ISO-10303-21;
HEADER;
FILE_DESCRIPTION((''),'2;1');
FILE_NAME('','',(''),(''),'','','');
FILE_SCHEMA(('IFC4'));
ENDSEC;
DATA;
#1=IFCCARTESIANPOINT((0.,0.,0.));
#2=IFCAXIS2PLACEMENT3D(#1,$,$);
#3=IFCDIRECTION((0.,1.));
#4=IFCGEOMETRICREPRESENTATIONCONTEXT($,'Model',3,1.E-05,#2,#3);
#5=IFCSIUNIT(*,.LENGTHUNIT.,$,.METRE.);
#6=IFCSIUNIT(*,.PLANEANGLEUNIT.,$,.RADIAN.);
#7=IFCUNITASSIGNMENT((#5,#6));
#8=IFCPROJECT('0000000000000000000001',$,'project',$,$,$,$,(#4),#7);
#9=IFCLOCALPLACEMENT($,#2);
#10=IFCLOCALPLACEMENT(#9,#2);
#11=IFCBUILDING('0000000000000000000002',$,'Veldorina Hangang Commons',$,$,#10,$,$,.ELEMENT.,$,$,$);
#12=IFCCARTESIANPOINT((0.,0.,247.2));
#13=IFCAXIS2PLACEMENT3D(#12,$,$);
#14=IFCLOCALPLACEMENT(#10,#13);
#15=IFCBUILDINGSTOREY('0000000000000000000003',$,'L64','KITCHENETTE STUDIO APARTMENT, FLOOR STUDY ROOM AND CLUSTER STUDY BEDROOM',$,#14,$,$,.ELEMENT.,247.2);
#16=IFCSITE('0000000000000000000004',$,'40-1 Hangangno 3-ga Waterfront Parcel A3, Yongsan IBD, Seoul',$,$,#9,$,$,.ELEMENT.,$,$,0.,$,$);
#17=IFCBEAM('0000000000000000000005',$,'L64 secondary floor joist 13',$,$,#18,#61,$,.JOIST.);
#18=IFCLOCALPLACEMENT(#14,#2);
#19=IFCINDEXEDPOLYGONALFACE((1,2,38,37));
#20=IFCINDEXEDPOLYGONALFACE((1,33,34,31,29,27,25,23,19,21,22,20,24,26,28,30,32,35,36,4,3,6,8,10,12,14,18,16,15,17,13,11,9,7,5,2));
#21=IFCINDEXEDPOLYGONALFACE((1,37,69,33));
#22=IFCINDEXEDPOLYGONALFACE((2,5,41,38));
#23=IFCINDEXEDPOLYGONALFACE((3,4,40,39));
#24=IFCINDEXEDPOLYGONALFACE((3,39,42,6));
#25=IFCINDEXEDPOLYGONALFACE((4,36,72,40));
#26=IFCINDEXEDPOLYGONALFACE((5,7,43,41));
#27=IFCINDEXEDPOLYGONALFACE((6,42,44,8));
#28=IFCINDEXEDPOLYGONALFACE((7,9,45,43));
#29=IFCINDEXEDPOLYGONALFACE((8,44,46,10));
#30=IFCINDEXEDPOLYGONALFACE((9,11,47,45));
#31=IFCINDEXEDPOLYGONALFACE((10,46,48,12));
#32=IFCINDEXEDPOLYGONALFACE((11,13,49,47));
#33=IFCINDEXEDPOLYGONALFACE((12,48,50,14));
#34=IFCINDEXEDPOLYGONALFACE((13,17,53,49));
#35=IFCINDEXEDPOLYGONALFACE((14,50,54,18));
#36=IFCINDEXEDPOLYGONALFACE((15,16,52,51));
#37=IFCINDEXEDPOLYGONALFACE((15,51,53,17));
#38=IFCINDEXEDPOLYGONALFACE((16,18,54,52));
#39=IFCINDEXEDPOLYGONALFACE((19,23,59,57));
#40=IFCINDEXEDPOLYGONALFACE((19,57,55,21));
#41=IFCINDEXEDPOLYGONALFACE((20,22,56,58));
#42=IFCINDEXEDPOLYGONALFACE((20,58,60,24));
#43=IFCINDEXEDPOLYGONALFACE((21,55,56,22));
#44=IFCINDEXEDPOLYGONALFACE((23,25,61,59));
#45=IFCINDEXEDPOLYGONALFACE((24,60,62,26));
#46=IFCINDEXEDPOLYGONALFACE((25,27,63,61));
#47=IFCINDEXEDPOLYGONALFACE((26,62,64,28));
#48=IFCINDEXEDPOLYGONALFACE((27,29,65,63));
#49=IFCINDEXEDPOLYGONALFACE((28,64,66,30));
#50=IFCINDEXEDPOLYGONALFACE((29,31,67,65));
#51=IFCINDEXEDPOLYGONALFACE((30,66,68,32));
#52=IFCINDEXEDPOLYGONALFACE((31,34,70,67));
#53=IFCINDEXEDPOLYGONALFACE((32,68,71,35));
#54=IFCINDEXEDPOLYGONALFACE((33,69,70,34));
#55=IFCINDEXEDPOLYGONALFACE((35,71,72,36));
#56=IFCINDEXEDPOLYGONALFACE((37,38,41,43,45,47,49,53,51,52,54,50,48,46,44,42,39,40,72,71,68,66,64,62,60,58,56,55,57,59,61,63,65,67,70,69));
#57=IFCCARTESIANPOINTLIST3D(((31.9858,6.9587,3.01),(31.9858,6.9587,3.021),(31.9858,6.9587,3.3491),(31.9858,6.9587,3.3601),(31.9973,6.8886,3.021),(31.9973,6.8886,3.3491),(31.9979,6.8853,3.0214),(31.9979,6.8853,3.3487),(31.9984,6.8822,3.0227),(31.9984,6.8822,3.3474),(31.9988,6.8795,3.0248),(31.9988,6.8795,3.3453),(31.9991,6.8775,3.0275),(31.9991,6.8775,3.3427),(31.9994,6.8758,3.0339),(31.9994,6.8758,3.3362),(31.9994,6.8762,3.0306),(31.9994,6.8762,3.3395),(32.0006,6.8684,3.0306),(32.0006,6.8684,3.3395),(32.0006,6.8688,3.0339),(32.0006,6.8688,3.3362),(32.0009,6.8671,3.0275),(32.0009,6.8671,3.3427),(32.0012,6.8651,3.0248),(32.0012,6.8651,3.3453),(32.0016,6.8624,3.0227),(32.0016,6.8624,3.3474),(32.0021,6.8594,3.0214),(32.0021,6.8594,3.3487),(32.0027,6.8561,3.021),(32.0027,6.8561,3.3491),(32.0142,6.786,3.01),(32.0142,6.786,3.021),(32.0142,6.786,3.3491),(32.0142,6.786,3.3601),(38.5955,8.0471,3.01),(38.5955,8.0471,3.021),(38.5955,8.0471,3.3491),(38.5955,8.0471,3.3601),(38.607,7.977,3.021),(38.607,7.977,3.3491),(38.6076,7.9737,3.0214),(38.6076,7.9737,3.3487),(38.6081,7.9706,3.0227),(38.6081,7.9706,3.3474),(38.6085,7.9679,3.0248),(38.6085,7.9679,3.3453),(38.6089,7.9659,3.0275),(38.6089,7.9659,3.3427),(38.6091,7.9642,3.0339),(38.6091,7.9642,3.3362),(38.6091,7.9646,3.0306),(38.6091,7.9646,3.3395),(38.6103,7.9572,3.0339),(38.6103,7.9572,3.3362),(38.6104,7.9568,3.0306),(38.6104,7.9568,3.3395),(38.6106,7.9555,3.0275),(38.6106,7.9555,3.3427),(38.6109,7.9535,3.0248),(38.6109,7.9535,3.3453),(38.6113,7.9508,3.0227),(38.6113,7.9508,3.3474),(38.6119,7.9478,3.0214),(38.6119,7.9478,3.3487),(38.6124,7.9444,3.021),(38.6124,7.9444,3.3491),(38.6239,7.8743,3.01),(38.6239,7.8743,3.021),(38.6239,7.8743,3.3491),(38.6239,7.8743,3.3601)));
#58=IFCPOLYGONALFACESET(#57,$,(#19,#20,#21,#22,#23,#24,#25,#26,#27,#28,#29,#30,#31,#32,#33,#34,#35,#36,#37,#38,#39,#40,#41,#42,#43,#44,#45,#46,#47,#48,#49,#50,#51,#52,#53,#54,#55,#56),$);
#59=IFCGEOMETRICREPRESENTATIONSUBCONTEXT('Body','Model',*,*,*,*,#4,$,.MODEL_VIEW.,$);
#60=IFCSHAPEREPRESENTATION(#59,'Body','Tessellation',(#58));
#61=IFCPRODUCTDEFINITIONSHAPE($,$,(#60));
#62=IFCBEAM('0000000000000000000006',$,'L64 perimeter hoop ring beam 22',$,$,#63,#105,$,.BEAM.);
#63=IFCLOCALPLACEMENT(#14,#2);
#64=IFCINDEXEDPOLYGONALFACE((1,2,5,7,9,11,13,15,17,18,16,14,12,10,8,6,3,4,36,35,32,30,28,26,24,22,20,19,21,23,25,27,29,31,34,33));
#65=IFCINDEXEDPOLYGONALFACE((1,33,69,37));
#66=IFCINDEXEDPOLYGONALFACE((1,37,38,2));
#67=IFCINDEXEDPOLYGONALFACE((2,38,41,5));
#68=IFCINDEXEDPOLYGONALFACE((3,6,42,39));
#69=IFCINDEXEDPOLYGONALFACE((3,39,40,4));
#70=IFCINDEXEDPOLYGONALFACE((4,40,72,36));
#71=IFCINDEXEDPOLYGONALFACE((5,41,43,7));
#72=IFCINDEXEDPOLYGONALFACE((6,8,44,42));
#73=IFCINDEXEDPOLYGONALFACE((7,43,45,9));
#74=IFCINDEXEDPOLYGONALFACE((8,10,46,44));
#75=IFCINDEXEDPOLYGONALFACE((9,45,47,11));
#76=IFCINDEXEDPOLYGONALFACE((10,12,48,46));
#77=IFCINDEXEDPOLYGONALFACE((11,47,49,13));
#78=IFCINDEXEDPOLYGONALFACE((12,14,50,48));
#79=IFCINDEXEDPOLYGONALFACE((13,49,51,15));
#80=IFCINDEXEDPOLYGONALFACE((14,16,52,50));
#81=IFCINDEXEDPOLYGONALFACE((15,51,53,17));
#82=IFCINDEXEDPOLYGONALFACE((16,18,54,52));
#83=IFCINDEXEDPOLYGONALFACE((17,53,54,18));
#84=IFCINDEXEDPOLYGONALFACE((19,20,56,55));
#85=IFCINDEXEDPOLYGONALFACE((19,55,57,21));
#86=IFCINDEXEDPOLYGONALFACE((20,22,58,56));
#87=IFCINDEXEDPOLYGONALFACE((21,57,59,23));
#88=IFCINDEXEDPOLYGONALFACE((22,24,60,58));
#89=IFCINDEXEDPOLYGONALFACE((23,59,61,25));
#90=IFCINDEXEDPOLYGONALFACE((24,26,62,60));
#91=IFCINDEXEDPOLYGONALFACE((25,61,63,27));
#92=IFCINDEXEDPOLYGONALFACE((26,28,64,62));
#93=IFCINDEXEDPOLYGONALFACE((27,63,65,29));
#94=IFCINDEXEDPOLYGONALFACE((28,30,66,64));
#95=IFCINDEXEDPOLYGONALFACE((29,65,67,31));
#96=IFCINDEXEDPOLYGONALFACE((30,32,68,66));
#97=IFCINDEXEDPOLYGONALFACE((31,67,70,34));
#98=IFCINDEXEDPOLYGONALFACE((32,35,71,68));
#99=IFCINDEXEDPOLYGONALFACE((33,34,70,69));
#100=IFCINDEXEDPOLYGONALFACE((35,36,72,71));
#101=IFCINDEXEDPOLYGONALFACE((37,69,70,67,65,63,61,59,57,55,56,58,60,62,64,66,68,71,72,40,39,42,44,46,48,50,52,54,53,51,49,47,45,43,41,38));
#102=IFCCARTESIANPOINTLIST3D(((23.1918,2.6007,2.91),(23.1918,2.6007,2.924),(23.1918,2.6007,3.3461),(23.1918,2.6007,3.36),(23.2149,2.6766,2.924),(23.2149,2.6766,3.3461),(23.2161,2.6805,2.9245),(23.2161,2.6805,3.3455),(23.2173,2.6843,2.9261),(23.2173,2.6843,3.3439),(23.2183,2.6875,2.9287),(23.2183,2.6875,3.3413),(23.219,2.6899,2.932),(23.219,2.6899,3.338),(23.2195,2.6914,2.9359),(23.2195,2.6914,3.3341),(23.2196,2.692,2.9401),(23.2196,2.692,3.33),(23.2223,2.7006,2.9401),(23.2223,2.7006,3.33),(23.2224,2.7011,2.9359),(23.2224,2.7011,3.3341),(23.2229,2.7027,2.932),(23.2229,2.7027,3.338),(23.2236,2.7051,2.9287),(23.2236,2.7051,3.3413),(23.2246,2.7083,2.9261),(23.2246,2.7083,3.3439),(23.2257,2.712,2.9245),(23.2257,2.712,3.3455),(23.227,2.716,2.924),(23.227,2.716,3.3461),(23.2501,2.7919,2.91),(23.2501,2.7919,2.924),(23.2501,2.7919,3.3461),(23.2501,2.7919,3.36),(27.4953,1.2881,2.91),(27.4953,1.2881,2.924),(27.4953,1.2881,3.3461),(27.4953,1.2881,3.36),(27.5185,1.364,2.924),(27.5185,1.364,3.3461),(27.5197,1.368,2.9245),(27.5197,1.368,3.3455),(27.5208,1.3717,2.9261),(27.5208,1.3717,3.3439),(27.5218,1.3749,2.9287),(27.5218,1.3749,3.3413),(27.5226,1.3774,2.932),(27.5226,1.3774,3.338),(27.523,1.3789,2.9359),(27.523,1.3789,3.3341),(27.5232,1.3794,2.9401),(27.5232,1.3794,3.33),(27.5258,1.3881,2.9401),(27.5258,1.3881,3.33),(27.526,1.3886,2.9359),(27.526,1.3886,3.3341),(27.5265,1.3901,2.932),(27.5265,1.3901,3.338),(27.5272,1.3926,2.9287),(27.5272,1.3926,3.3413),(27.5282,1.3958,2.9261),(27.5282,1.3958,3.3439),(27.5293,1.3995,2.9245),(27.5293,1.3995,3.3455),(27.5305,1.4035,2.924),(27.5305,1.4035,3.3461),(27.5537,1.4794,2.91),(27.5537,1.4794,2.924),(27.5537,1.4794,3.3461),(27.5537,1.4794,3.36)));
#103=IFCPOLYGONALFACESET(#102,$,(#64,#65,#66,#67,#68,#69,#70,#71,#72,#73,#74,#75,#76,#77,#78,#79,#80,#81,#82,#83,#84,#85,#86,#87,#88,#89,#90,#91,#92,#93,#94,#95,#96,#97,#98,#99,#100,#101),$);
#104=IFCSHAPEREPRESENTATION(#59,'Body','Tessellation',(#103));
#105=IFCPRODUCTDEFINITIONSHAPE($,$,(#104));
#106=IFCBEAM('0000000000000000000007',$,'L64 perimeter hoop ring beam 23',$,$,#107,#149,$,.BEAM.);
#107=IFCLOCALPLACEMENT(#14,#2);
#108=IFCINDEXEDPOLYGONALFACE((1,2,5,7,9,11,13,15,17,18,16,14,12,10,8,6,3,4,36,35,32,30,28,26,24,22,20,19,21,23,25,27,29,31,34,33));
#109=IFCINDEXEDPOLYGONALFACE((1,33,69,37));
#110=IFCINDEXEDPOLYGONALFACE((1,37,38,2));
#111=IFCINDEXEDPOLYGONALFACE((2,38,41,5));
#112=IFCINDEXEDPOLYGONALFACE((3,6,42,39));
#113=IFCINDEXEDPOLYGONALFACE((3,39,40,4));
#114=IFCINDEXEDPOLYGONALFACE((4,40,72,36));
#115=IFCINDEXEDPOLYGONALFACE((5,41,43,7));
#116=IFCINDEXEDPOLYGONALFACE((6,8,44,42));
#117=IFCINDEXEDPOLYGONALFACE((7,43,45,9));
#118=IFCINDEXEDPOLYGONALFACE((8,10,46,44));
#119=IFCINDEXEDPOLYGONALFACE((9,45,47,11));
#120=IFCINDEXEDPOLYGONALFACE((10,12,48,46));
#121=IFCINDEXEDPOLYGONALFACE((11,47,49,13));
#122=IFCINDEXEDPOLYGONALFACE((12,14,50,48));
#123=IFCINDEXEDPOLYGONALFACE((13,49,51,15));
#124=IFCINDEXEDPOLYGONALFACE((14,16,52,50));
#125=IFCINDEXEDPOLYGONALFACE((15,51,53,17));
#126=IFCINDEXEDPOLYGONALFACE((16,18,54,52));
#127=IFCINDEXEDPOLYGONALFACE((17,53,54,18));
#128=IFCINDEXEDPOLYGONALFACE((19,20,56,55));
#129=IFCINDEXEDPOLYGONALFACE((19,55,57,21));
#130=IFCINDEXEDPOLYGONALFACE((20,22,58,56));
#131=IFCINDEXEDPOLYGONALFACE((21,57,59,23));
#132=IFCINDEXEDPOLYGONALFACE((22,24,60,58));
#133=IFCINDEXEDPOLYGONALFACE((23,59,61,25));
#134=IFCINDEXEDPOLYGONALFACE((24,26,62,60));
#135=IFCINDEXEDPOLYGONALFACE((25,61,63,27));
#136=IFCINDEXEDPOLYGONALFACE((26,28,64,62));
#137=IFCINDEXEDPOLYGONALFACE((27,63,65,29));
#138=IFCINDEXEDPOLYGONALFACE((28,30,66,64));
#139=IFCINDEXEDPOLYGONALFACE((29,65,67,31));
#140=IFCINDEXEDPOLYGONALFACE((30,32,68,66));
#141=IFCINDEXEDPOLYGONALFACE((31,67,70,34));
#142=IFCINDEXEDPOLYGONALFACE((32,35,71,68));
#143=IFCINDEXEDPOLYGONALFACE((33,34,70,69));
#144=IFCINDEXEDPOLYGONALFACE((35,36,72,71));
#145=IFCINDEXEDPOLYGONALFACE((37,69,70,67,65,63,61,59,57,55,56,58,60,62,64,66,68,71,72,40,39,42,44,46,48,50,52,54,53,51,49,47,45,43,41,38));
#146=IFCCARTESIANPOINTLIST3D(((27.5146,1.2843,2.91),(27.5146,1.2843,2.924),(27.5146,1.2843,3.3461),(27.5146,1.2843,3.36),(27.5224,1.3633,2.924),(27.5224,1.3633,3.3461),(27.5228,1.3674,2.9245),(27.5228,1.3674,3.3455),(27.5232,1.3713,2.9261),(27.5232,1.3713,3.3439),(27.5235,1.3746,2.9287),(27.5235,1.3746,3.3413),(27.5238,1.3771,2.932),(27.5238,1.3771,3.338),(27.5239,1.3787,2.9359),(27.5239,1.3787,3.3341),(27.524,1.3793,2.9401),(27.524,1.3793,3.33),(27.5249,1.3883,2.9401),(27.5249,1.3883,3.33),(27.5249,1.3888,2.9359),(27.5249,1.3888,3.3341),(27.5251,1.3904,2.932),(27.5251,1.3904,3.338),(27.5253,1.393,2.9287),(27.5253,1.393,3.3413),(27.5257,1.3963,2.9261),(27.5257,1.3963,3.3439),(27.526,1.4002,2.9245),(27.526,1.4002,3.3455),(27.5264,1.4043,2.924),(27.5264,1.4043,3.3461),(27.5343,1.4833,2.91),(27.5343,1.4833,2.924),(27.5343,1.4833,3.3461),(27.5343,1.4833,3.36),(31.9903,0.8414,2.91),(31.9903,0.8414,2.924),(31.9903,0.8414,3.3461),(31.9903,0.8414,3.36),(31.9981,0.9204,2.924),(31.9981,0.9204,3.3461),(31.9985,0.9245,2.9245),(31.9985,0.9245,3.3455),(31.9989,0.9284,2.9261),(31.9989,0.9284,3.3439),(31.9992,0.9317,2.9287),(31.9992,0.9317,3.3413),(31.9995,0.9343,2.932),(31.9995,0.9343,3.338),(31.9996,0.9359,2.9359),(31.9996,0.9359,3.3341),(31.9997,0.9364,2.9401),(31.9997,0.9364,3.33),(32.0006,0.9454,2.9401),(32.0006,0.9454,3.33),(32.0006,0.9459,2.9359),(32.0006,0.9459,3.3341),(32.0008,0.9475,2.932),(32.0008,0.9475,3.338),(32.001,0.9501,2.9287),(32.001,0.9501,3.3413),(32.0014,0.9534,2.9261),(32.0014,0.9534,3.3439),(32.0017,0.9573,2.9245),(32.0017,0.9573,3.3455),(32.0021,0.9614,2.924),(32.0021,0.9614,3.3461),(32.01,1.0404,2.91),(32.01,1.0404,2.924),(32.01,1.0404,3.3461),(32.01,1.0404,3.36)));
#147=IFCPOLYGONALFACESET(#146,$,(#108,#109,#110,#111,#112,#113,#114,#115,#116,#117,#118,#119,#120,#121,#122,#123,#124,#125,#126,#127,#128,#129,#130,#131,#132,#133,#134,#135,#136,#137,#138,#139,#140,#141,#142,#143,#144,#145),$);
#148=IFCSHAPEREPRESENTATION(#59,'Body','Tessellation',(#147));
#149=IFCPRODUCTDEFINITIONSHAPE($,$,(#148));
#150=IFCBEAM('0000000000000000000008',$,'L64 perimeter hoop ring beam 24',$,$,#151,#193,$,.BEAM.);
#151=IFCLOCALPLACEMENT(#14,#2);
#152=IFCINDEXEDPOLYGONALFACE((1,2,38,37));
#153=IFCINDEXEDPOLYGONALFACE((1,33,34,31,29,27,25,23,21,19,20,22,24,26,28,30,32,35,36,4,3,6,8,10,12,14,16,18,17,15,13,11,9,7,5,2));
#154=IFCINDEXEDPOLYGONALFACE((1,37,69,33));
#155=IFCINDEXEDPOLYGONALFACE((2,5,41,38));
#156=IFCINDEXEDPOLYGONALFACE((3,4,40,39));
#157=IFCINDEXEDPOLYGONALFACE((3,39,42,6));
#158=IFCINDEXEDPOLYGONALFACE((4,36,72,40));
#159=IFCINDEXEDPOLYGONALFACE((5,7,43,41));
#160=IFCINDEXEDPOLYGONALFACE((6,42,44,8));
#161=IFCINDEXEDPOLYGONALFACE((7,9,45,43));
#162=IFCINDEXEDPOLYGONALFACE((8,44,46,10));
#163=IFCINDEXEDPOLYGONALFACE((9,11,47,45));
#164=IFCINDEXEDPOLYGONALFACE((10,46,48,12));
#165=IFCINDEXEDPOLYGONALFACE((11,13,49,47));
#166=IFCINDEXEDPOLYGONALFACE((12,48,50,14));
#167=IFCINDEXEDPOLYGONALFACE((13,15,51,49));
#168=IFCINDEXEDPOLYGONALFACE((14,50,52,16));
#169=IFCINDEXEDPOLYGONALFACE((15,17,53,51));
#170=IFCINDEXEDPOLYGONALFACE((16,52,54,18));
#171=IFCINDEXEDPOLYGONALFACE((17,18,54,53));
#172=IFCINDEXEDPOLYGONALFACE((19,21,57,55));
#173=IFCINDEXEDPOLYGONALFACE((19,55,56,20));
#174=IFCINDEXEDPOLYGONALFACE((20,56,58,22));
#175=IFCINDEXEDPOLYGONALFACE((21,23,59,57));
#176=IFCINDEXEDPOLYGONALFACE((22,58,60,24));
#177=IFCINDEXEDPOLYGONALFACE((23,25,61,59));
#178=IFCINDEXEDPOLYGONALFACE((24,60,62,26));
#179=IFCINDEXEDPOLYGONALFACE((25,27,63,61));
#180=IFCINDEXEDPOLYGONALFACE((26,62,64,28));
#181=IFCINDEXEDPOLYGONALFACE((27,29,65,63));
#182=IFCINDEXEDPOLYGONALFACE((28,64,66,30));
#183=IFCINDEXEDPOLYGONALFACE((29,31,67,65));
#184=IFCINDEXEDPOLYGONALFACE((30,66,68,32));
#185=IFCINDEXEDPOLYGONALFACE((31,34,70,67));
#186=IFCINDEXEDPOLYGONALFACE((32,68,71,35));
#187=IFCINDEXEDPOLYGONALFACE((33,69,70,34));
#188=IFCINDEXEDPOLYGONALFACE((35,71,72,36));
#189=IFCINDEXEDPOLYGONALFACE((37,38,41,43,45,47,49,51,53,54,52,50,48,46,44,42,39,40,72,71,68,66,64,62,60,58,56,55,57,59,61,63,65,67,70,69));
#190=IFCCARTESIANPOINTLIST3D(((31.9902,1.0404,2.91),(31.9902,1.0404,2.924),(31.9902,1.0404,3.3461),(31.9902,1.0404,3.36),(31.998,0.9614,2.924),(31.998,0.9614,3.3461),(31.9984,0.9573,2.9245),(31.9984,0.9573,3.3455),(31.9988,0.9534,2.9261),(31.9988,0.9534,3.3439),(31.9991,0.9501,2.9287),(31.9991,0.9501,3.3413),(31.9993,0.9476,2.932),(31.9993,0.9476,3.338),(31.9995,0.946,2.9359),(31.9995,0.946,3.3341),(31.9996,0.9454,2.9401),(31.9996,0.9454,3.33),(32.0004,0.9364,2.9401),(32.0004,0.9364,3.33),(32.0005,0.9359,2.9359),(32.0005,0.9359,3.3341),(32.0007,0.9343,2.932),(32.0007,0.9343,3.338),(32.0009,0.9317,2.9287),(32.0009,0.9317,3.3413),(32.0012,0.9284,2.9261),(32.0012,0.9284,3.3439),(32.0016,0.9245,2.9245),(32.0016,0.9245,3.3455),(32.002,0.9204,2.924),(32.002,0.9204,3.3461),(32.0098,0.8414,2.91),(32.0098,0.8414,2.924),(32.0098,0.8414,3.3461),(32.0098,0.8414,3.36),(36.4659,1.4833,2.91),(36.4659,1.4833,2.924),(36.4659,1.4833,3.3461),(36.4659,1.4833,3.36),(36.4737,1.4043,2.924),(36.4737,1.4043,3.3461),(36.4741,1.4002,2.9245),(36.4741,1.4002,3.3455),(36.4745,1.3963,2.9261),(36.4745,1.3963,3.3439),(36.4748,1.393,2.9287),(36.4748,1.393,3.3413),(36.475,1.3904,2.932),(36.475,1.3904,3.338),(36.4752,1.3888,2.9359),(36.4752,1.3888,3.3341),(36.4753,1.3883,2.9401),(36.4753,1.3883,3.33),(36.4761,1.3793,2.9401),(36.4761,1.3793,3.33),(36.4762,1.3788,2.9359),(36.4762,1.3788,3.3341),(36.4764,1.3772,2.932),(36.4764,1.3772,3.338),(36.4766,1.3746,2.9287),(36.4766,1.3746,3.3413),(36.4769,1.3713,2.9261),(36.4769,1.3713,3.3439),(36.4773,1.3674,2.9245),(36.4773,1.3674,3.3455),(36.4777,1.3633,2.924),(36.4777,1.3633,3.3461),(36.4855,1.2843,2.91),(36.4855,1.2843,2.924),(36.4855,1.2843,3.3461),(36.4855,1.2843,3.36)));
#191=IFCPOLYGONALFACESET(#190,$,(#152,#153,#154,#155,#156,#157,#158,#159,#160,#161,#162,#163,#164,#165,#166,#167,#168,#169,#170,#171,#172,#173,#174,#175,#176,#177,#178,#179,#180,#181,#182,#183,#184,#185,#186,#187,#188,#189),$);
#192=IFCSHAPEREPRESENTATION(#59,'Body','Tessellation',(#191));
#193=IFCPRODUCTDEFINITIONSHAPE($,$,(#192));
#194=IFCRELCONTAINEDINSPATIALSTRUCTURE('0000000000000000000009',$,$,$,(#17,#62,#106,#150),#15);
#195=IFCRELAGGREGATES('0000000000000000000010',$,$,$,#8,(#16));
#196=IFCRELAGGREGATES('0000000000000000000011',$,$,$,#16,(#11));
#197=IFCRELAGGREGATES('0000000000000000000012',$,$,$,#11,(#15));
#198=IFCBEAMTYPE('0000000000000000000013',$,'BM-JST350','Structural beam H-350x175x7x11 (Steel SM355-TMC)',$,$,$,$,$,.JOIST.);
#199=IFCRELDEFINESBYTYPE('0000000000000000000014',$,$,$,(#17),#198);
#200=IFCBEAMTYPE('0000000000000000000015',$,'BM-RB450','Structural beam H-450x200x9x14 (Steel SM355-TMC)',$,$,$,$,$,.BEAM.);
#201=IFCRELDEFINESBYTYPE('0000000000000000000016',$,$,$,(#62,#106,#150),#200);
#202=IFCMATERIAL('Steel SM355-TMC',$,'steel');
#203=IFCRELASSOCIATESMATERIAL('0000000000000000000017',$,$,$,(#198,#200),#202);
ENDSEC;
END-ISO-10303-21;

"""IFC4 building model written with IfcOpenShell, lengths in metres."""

from ifc_helpers import new_model, si_unit, direction, frame, origin, origin_2d, place, context, subcontext, project, spatial, i_section, extrude, material, material_profile, profile_set, type_object, element, save


model = new_model("IFC4")

# Units and contexts
model_context = context("Model", 3, precision=1e-05, world=origin(), true_north=direction((0.0, 1.0)))
body_context = subcontext(model_context, "Body", "Model", "MODEL_VIEW")
ifc_project = project(units=[si_unit("LENGTHUNIT", "METRE"), si_unit("PLANEANGLEUNIT", "RADIAN")], contexts=[model_context])

# Site, building, storey
site_placement = place(None, origin())
site = spatial("IfcSite", under=ifc_project, at=site_placement, Name="40-1 Hangangno 3-ga Waterfront Parcel A3, Yongsan IBD, Seoul", CompositionType="ELEMENT", RefElevation=0.0)
building_placement = place(site_placement, origin())
building = spatial("IfcBuilding", under=site, at=building_placement, Name="Veldorina Hangang Commons", CompositionType="ELEMENT")
storey_placement = place(building_placement, frame((0.0, 0.0, 247.2)))
storey = spatial("IfcBuildingStorey", under=building, at=storey_placement, Name="L64", Description="KITCHENETTE STUDIO APARTMENT, FLOOR STUDY ROOM AND CLUSTER STUDY BEDROOM", CompositionType="ELEMENT", Elevation=247.2)

# Beams
ifc_material_1 = material(Name="Steel SM355-TMC", Category="steel")
ifc_material_profile_1 = material_profile(ifc_material_1, i_section(OverallWidth=0.175, OverallDepth=0.3501, WebThickness=0.0071, FlangeThickness=0.011, FilletRadius=0.0129, at=origin_2d()), Name="H-350x175x7x11")
ifc_profile_set_1 = profile_set([ifc_material_profile_1], Name="Steel SM355-TMC")
beam_type_1 = type_object("IfcBeamType", Name="BM-JST350", Description="Structural beam H-350x175x7x11 (Steel SM355-TMC)", PredefinedType="JOIST", material=ifc_profile_set_1)
beam_1_placement = place(storey_placement, frame((32.0, 6.8723, 3.1851), z_axis=(0.986712, 0.162478, 0.0), x_axis=(-0.162478, 0.986712, 0.0)))
element("IfcBeam", 1, at=beam_1_placement, inside=storey, type_object=beam_type_1, Name="L64 secondary floor joist 13", PredefinedType="JOIST", context=body_context, shape_type="SweptSolid", body=[
    extrude(i_section(OverallWidth=0.175, OverallDepth=0.3501, WebThickness=0.0071, FlangeThickness=0.011, FilletRadius=0.0129, at=origin_2d()), origin(), (0.0, 0.0, 1.0), 6.6987),
])
ifc_material_profile_2 = material_profile(ifc_material_1, i_section(OverallWidth=0.2, OverallDepth=0.45, WebThickness=0.009, FlangeThickness=0.0139, FilletRadius=0.0161, at=origin_2d()), Name="H-450x200x9x14")
ifc_profile_set_2 = profile_set([ifc_material_profile_2], Name="Steel SM355-TMC")
beam_type_2 = type_object("IfcBeamType", Name="BM-RB450", Description="Structural beam H-450x200x9x14 (Steel SM355-TMC)", PredefinedType="BEAM", material=ifc_profile_set_2)
beam_2_placement = place(storey_placement, frame((23.2209, 2.6963, 3.135), z_axis=(0.956504, -0.291721, 0.0), x_axis=(0.291721, 0.956504, 0.0)))
element("IfcBeam", 2, at=beam_2_placement, inside=storey, type_object=beam_type_2, Name="L64 perimeter hoop ring beam 22", PredefinedType="BEAM", context=body_context, shape_type="SweptSolid", body=[
    extrude(i_section(OverallWidth=0.2, OverallDepth=0.45, WebThickness=0.009, FlangeThickness=0.0139, FilletRadius=0.0161, at=origin_2d()), origin(), (0.0, 0.0, 1.0), 4.4993),
])
for number, where, z_axis, x_axis, name in (
    (3, (27.5244, 1.3838, 3.135), (0.99514, -0.098472, 0.0), (0.098472, 0.99514, 0.0), "L64 perimeter hoop ring beam 23"),
    (4, (32.0, 0.9409, 3.135), (0.99514, 0.098472, 0.0), (-0.098472, 0.99514, 0.0), "L64 perimeter hoop ring beam 24"),
):
    element("IfcBeam", number, at=place(storey_placement, frame(where, z_axis=z_axis, x_axis=x_axis)), inside=storey, type_object=beam_type_2, Name=name, PredefinedType="BEAM", context=body_context, shape_type="SweptSolid", body=[
        extrude(i_section(OverallWidth=0.2, OverallDepth=0.45, WebThickness=0.009, FlangeThickness=0.0139, FilletRadius=0.0161, at=origin_2d()), origin(), (0.0, 0.0, 1.0), 4.4976),
    ])

save(model, "model.ifc")
